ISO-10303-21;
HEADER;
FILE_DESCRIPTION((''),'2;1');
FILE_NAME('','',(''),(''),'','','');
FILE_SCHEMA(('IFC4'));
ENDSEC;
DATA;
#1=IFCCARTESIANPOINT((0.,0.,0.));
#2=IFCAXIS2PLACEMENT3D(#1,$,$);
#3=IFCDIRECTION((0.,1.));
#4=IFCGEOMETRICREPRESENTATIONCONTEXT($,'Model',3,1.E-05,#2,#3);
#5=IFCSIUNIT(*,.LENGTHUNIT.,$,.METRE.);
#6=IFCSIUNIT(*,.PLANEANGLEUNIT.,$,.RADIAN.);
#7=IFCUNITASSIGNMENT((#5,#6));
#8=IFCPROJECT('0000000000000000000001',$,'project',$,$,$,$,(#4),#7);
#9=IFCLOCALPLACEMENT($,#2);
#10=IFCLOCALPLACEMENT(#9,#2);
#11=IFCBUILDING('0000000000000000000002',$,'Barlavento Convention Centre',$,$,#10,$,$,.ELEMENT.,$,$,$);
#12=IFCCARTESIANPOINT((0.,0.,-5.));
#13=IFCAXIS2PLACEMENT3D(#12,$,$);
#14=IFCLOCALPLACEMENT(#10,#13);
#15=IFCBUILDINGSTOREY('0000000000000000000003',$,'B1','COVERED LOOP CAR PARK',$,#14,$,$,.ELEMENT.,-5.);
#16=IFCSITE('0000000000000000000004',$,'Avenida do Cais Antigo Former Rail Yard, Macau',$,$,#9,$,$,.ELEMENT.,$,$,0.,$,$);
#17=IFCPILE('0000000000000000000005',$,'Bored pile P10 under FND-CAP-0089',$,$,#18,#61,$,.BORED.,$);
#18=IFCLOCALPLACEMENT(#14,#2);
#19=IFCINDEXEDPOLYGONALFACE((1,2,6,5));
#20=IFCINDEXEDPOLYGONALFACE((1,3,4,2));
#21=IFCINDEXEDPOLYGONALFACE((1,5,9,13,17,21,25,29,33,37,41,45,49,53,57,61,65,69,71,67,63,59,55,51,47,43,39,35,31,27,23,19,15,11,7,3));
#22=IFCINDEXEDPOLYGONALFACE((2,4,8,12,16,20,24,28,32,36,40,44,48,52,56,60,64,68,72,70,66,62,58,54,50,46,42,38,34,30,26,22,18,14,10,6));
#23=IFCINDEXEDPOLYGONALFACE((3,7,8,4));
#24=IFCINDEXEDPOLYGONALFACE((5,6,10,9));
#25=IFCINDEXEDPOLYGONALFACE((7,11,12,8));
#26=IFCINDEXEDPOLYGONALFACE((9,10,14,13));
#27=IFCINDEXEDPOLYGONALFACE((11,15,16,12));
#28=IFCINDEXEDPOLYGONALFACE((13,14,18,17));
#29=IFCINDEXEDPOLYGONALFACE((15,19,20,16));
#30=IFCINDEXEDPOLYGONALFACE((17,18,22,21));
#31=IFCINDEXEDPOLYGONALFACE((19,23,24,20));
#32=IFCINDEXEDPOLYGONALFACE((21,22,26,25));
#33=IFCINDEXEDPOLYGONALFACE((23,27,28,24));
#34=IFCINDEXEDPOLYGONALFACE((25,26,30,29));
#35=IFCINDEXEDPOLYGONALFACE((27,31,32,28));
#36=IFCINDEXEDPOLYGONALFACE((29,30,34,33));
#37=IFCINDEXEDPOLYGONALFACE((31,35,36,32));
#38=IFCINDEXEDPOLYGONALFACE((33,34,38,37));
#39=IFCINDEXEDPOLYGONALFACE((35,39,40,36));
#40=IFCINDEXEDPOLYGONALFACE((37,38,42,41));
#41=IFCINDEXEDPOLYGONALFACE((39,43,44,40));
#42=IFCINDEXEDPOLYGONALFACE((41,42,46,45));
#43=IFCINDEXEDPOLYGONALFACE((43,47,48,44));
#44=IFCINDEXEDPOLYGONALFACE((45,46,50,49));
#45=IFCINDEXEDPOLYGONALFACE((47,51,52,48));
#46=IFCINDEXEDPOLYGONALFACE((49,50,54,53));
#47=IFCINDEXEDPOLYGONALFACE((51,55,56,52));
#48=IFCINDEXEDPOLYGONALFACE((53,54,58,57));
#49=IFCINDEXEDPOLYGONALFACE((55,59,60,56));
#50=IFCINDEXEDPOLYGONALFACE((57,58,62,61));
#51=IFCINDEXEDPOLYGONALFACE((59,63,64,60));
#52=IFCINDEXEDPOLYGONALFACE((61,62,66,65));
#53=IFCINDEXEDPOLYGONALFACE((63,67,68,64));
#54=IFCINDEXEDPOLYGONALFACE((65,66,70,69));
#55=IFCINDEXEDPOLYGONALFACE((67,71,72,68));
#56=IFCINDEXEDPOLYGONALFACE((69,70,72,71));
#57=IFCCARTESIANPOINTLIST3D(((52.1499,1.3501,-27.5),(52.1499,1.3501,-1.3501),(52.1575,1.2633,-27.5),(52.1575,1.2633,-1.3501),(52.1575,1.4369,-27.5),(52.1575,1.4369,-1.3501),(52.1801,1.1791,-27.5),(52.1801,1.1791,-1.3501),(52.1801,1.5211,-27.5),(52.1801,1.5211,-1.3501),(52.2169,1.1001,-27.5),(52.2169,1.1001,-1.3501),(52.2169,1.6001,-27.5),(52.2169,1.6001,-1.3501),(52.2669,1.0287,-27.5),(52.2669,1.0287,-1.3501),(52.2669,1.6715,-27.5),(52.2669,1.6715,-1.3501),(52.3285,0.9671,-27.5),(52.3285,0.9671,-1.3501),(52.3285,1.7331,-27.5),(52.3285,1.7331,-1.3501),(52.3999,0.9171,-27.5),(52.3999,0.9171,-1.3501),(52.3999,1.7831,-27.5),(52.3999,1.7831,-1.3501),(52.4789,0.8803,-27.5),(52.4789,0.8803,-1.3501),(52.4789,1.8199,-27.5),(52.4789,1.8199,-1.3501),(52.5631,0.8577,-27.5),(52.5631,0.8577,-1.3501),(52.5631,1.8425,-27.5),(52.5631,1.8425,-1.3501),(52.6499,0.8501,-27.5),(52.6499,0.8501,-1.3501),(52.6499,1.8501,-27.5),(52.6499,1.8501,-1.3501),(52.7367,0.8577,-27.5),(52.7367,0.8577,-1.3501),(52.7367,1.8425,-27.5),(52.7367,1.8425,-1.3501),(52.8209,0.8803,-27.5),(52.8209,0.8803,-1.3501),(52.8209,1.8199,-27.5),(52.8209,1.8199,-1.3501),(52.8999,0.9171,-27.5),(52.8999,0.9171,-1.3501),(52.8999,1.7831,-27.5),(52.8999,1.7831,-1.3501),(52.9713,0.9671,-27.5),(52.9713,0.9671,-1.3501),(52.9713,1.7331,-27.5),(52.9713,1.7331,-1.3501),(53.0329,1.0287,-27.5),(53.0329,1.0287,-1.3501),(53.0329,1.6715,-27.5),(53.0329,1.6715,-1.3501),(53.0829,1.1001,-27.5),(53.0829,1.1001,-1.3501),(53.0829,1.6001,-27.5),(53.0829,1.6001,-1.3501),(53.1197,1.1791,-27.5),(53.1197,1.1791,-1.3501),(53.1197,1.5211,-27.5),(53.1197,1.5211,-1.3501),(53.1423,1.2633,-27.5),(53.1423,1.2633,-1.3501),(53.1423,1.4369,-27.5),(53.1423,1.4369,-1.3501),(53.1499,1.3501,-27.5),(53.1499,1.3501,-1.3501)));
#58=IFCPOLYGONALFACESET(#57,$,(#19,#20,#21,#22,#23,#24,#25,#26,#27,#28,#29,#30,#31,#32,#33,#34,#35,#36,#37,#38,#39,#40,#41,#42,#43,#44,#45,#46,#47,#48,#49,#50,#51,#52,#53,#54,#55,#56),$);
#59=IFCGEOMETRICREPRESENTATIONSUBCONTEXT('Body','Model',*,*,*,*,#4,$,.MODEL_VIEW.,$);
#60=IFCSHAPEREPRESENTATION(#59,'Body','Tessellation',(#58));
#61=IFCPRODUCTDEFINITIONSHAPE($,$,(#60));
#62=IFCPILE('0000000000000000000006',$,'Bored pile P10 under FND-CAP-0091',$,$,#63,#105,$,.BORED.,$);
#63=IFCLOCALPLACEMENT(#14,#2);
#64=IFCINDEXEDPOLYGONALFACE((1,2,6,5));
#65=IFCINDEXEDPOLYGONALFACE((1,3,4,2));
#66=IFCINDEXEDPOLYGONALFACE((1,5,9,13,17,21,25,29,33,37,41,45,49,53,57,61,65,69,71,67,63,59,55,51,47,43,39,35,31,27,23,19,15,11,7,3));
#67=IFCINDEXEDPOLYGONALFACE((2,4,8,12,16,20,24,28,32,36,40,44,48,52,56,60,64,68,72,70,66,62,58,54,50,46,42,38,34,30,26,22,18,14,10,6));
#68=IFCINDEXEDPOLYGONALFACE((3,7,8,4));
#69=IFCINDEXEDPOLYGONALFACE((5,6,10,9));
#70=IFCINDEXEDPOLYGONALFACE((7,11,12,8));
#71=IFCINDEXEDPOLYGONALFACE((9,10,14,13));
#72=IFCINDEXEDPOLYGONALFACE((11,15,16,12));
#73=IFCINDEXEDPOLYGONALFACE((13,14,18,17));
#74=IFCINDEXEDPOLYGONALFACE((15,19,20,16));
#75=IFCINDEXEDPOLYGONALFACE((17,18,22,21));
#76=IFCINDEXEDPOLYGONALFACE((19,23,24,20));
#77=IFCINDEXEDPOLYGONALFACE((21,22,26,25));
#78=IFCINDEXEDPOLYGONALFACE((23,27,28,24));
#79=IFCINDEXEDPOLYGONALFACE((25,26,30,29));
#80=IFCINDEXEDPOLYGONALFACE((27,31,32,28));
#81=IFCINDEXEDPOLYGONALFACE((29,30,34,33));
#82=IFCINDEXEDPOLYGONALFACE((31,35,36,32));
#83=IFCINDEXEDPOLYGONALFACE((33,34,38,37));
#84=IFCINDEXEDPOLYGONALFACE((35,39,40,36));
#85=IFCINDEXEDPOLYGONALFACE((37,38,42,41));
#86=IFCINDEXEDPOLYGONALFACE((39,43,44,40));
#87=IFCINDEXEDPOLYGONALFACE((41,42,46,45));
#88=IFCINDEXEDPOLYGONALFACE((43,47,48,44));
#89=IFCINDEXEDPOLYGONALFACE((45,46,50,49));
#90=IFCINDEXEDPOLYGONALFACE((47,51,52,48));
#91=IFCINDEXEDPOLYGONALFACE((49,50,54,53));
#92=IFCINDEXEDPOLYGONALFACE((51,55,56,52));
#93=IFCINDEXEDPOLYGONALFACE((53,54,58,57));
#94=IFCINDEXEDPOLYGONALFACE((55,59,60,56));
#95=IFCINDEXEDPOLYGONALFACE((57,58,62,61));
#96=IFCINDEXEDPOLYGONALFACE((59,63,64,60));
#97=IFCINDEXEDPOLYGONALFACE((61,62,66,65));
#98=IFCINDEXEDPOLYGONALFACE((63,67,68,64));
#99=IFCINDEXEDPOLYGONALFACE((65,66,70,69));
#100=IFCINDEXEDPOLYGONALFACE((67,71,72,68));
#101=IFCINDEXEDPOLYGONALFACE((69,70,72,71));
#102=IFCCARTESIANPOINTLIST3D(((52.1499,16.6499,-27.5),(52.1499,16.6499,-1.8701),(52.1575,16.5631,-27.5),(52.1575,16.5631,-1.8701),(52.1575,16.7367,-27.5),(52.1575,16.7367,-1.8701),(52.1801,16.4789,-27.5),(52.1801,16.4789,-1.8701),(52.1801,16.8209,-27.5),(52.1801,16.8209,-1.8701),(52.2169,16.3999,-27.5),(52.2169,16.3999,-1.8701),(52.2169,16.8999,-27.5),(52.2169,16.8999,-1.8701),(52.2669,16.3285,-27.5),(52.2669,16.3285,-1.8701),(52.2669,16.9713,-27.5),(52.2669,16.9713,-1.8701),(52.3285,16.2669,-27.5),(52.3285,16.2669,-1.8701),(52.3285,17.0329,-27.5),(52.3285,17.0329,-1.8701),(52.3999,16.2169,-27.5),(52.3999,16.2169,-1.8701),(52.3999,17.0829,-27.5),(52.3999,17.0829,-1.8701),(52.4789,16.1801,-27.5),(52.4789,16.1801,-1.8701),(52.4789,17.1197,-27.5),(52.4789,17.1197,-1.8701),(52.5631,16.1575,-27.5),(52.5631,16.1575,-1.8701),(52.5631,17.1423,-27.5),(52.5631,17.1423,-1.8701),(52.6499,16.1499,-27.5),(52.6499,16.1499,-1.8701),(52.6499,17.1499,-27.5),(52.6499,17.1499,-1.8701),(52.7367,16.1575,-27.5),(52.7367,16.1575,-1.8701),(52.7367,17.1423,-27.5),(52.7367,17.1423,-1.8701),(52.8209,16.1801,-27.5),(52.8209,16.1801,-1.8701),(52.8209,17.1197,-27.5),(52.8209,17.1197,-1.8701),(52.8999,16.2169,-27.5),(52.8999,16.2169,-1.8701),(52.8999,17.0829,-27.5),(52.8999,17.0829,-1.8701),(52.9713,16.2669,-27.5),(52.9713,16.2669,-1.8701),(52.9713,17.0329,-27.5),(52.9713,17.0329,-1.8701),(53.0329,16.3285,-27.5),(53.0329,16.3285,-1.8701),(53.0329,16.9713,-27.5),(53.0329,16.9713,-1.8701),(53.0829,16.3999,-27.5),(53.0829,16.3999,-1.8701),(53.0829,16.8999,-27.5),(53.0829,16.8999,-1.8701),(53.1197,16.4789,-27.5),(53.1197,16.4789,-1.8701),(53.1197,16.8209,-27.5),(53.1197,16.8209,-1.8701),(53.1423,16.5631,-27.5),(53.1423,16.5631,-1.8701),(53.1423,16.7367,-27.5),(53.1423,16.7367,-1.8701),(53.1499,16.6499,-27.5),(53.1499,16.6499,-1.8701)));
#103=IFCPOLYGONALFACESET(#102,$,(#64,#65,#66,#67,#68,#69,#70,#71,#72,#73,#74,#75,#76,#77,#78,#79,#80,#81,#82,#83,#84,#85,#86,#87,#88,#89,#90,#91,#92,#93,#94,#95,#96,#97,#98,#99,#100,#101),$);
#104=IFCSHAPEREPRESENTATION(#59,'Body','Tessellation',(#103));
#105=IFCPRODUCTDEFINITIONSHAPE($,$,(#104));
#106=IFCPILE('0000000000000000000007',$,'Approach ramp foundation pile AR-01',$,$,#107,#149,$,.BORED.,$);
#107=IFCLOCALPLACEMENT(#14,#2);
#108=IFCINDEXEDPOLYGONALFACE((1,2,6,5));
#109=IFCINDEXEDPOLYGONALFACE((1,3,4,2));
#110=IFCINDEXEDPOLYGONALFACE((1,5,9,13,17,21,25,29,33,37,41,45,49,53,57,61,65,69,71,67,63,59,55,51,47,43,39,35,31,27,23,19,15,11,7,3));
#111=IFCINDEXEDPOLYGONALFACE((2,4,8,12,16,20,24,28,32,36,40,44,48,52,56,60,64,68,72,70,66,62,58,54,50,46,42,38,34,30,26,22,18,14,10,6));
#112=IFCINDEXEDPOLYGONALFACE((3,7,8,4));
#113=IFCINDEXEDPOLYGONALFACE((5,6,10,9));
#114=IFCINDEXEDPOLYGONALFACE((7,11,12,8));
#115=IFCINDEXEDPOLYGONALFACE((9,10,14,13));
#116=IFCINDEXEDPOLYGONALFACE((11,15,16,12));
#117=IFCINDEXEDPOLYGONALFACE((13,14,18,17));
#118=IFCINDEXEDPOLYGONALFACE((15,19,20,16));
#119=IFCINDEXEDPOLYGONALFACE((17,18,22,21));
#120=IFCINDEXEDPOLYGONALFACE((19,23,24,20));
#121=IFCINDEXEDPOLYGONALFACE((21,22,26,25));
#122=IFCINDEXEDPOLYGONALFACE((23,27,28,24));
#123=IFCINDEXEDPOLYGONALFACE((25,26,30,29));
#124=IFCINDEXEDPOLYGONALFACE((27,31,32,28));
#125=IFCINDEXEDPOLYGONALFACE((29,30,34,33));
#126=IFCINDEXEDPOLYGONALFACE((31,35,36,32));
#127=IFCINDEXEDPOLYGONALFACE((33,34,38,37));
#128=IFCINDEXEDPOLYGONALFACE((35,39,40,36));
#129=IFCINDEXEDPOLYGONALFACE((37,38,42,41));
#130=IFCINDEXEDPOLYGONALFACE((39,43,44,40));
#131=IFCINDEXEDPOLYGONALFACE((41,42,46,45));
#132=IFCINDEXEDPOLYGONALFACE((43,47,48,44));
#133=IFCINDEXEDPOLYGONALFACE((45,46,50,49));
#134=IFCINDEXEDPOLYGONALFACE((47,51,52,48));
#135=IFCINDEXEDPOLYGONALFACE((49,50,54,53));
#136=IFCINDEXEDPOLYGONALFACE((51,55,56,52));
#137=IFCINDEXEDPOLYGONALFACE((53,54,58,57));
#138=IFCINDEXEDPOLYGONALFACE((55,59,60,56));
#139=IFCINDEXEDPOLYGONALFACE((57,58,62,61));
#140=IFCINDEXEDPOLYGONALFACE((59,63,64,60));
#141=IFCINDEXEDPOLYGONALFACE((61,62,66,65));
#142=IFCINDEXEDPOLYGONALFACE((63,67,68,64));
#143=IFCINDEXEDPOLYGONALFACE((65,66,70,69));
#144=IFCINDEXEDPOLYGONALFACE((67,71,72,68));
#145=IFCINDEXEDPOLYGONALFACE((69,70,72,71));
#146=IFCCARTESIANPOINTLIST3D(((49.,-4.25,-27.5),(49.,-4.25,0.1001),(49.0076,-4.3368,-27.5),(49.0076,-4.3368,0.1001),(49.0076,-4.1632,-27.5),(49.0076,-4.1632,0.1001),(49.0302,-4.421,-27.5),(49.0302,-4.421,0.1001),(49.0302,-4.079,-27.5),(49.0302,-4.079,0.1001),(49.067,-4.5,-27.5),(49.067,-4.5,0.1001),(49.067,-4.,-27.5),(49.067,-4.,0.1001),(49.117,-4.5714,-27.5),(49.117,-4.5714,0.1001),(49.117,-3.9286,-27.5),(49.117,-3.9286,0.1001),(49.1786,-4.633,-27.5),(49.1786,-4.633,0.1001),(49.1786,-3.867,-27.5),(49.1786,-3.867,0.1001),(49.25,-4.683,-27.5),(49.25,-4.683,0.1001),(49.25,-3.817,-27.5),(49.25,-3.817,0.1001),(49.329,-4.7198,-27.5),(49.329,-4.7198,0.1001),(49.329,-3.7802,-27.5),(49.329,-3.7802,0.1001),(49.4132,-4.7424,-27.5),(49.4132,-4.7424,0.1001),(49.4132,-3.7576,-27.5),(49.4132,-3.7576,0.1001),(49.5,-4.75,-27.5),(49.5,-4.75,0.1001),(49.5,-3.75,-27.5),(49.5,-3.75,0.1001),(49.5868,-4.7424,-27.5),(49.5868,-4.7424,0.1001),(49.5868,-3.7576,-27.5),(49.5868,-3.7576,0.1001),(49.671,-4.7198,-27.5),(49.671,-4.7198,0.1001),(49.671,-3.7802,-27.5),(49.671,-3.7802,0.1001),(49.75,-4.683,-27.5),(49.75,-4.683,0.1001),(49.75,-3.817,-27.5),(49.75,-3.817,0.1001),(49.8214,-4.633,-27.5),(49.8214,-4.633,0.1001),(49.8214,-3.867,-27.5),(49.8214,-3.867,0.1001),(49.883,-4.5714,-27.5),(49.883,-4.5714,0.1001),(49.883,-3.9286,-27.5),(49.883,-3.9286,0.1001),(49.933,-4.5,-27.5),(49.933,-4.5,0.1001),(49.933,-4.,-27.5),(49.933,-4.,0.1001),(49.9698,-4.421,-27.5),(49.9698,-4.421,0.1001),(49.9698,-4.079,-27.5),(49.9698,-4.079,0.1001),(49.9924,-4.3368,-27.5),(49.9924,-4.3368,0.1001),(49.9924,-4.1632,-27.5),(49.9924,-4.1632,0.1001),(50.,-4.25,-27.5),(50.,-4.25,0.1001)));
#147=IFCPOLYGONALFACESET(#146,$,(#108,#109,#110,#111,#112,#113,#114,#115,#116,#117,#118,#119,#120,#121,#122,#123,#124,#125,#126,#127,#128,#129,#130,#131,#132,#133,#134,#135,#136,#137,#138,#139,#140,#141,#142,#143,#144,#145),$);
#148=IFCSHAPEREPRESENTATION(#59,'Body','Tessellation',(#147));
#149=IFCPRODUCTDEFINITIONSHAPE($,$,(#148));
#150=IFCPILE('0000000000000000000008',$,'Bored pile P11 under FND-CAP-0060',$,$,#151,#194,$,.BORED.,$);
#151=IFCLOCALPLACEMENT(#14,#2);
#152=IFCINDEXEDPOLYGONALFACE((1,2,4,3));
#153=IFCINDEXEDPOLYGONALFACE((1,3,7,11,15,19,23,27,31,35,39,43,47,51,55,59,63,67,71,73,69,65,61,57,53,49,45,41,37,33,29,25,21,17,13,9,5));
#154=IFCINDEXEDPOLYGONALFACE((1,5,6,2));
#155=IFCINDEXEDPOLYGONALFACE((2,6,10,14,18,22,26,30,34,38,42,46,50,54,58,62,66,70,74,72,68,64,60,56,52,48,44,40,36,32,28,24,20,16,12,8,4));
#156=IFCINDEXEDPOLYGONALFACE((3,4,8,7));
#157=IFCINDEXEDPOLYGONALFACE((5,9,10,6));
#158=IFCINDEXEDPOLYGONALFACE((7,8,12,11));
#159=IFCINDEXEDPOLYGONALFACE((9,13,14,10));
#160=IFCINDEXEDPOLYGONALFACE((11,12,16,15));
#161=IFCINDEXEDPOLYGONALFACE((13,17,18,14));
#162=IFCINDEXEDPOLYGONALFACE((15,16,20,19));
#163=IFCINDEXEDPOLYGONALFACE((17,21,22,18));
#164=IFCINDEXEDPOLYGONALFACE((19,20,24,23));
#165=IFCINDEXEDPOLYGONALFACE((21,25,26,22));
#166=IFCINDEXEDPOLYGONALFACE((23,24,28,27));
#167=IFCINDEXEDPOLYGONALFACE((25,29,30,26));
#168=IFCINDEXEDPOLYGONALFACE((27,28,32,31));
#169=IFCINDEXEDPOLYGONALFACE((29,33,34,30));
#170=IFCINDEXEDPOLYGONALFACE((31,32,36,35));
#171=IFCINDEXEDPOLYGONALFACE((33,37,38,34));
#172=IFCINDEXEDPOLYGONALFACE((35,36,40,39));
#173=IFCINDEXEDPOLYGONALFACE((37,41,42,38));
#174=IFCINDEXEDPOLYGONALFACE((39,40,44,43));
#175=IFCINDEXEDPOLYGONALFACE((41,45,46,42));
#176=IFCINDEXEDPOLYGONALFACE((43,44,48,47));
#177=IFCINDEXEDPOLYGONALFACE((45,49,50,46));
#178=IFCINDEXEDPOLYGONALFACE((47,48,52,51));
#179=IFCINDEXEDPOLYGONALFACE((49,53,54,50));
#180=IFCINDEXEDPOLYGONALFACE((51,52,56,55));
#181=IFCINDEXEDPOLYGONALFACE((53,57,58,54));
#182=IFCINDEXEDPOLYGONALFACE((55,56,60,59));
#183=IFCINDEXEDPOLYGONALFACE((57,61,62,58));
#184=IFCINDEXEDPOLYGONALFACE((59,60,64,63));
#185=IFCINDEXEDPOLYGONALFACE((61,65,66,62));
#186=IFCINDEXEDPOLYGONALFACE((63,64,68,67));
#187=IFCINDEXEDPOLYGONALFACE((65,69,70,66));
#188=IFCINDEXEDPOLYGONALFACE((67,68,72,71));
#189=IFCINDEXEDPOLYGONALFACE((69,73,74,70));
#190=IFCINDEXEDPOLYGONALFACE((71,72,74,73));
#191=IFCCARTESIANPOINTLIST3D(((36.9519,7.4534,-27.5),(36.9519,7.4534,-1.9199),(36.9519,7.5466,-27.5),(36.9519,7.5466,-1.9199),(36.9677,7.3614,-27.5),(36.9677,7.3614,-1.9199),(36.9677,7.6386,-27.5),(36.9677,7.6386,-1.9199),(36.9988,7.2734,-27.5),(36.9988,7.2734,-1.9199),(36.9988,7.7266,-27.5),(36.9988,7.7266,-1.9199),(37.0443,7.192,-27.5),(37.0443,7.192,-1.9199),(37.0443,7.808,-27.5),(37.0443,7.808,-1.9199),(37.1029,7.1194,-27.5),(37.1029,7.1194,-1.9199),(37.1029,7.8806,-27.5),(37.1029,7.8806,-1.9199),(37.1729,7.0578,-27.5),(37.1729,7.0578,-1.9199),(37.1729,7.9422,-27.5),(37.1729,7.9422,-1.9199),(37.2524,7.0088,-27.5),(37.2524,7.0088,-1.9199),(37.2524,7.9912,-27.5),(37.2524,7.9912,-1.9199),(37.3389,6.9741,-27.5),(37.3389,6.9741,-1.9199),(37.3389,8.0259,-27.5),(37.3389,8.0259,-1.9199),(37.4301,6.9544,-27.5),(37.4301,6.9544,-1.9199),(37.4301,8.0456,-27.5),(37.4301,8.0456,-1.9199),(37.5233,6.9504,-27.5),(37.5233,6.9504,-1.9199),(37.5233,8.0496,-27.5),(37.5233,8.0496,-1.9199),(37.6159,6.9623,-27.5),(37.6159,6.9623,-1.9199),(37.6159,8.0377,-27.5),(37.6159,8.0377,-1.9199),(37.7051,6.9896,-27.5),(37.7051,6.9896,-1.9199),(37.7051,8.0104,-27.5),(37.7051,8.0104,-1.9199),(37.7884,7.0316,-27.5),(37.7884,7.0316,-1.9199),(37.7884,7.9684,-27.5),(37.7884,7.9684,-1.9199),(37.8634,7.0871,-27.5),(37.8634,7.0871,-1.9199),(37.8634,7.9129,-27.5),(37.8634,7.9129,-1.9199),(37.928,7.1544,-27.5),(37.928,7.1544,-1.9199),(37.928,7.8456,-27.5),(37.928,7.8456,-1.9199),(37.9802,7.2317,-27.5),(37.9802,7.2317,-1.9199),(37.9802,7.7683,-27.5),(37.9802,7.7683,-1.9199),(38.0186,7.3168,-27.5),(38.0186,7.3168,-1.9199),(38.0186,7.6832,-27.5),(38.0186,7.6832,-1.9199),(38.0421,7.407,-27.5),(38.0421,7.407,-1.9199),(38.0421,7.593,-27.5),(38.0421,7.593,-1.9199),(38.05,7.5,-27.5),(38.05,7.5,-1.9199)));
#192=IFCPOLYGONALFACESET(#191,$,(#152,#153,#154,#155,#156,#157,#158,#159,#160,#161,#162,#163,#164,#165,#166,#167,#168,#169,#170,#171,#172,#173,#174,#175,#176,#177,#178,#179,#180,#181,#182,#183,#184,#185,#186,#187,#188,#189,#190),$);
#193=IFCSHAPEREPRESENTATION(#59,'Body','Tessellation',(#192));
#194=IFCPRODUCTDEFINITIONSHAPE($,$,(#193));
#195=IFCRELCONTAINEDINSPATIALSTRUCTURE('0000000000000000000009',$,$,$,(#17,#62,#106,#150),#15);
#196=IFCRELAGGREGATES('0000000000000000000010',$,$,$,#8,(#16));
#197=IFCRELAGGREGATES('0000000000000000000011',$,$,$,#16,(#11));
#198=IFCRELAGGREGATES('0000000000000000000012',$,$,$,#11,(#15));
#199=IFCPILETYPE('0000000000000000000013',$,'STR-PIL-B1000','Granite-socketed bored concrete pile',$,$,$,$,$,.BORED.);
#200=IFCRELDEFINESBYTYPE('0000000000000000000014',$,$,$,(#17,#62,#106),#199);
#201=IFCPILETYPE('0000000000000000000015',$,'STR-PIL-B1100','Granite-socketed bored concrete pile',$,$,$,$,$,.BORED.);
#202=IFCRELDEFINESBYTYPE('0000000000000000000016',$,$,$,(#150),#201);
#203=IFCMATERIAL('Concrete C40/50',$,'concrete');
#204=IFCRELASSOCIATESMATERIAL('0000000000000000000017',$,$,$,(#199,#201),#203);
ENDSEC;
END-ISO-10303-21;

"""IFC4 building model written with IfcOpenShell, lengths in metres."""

from ifc_helpers import new_model, si_unit, direction, frame, origin, origin_2d, place, context, subcontext, project, spatial, circle, extrude, material, material_profile, profile_set, type_object, element, save


model = new_model("IFC4")

# Units and contexts
model_context = context("Model", 3, precision=1e-05, world=origin(), true_north=direction((0.0, 1.0)))
body_context = subcontext(model_context, "Body", "Model", "MODEL_VIEW")
ifc_project = project(units=[si_unit("LENGTHUNIT", "METRE"), si_unit("PLANEANGLEUNIT", "RADIAN")], contexts=[model_context])

# Site, building, storey
site_placement = place(None, origin())
site = spatial("IfcSite", under=ifc_project, at=site_placement, Name="Avenida do Cais Antigo Former Rail Yard, Macau", CompositionType="ELEMENT", RefElevation=0.0)
building_placement = place(site_placement, origin())
building = spatial("IfcBuilding", under=site, at=building_placement, Name="Barlavento Convention Centre", CompositionType="ELEMENT")
storey_placement = place(building_placement, frame((0.0, 0.0, -5.0)))
storey = spatial("IfcBuildingStorey", under=building, at=storey_placement, Name="B1", Description="COVERED LOOP CAR PARK", CompositionType="ELEMENT", Elevation=-5.0)

# Shared definitions
ifc_material_1 = material(Name="Concrete C40/50", Category="concrete")

# Piles
ifc_material_profile_1 = material_profile(ifc_material_1, circle(Radius=0.5, at=origin_2d()), Name="BORED PILE 1000")
ifc_profile_set_1 = profile_set([ifc_material_profile_1], Name="Concrete C40/50")
pile_type_1 = type_object("IfcPileType", Name="STR-PIL-B1000", Description="Granite-socketed bored concrete pile", PredefinedType="BORED", material=ifc_profile_set_1)
for number, where, z_axis, x_axis, name in (
    (1, (52.6499, 1.3501, -1.3501), (0.0, 0.0, -1.0), (1.0, 0.0, 0.0), "Bored pile P10 under FND-CAP-0089"),
):
    element("IfcPile", number, at=place(storey_placement, frame(where, z_axis=z_axis, x_axis=x_axis)), inside=storey, type_object=pile_type_1, Name=name, PredefinedType="BORED", context=body_context, shape_type="SweptSolid", body=[
        extrude(circle(Radius=0.5, at=origin_2d()), origin(), (0.0, 0.0, 1.0), 26.1499),
    ])
pile_1_placement = place(storey_placement, frame((52.6499, 16.6499, -1.8701), z_axis=(0.0, 0.0, -1.0), x_axis=(1.0, 0.0, 0.0)))
element("IfcPile", 2, at=pile_1_placement, inside=storey, type_object=pile_type_1, Name="Bored pile P10 under FND-CAP-0091", PredefinedType="BORED", context=body_context, shape_type="SweptSolid", body=[
    extrude(circle(Radius=0.5, at=origin_2d()), origin(), (0.0, 0.0, 1.0), 25.6299),
])
pile_2_placement = place(storey_placement, frame((49.5, -4.25, 0.1001), z_axis=(0.0, 0.0, -1.0), x_axis=(1.0, 0.0, 0.0)))
element("IfcPile", 3, at=pile_2_placement, inside=storey, type_object=pile_type_1, Name="Approach ramp foundation pile AR-01", PredefinedType="BORED", context=body_context, shape_type="SweptSolid", body=[
    extrude(circle(Radius=0.5, at=origin_2d()), origin(), (0.0, 0.0, 1.0), 27.6001),
])
ifc_material_profile_2 = material_profile(ifc_material_1, circle(Radius=0.55, at=origin_2d()), Name="BORED PILE 1100")
ifc_profile_set_2 = profile_set([ifc_material_profile_2], Name="Concrete C40/50")
pile_type_2 = type_object("IfcPileType", Name="STR-PIL-B1100", Description="Granite-socketed bored concrete pile", PredefinedType="BORED", material=ifc_profile_set_2)
for number, where, z_axis, x_axis, name in (
    (4, (37.5, 7.5, -1.9199), (0.0, 0.0, -1.0), (1.0, 0.0, 0.0), "Bored pile P11 under FND-CAP-0060"),
):
    element("IfcPile", number, at=place(storey_placement, frame(where, z_axis=z_axis, x_axis=x_axis)), inside=storey, type_object=pile_type_2, Name=name, PredefinedType="BORED", context=body_context, shape_type="SweptSolid", body=[
        extrude(circle(Radius=0.55, at=origin_2d()), origin(), (0.0, 0.0, 1.0), 25.5801),
    ])

save(model, "model.ifc")
